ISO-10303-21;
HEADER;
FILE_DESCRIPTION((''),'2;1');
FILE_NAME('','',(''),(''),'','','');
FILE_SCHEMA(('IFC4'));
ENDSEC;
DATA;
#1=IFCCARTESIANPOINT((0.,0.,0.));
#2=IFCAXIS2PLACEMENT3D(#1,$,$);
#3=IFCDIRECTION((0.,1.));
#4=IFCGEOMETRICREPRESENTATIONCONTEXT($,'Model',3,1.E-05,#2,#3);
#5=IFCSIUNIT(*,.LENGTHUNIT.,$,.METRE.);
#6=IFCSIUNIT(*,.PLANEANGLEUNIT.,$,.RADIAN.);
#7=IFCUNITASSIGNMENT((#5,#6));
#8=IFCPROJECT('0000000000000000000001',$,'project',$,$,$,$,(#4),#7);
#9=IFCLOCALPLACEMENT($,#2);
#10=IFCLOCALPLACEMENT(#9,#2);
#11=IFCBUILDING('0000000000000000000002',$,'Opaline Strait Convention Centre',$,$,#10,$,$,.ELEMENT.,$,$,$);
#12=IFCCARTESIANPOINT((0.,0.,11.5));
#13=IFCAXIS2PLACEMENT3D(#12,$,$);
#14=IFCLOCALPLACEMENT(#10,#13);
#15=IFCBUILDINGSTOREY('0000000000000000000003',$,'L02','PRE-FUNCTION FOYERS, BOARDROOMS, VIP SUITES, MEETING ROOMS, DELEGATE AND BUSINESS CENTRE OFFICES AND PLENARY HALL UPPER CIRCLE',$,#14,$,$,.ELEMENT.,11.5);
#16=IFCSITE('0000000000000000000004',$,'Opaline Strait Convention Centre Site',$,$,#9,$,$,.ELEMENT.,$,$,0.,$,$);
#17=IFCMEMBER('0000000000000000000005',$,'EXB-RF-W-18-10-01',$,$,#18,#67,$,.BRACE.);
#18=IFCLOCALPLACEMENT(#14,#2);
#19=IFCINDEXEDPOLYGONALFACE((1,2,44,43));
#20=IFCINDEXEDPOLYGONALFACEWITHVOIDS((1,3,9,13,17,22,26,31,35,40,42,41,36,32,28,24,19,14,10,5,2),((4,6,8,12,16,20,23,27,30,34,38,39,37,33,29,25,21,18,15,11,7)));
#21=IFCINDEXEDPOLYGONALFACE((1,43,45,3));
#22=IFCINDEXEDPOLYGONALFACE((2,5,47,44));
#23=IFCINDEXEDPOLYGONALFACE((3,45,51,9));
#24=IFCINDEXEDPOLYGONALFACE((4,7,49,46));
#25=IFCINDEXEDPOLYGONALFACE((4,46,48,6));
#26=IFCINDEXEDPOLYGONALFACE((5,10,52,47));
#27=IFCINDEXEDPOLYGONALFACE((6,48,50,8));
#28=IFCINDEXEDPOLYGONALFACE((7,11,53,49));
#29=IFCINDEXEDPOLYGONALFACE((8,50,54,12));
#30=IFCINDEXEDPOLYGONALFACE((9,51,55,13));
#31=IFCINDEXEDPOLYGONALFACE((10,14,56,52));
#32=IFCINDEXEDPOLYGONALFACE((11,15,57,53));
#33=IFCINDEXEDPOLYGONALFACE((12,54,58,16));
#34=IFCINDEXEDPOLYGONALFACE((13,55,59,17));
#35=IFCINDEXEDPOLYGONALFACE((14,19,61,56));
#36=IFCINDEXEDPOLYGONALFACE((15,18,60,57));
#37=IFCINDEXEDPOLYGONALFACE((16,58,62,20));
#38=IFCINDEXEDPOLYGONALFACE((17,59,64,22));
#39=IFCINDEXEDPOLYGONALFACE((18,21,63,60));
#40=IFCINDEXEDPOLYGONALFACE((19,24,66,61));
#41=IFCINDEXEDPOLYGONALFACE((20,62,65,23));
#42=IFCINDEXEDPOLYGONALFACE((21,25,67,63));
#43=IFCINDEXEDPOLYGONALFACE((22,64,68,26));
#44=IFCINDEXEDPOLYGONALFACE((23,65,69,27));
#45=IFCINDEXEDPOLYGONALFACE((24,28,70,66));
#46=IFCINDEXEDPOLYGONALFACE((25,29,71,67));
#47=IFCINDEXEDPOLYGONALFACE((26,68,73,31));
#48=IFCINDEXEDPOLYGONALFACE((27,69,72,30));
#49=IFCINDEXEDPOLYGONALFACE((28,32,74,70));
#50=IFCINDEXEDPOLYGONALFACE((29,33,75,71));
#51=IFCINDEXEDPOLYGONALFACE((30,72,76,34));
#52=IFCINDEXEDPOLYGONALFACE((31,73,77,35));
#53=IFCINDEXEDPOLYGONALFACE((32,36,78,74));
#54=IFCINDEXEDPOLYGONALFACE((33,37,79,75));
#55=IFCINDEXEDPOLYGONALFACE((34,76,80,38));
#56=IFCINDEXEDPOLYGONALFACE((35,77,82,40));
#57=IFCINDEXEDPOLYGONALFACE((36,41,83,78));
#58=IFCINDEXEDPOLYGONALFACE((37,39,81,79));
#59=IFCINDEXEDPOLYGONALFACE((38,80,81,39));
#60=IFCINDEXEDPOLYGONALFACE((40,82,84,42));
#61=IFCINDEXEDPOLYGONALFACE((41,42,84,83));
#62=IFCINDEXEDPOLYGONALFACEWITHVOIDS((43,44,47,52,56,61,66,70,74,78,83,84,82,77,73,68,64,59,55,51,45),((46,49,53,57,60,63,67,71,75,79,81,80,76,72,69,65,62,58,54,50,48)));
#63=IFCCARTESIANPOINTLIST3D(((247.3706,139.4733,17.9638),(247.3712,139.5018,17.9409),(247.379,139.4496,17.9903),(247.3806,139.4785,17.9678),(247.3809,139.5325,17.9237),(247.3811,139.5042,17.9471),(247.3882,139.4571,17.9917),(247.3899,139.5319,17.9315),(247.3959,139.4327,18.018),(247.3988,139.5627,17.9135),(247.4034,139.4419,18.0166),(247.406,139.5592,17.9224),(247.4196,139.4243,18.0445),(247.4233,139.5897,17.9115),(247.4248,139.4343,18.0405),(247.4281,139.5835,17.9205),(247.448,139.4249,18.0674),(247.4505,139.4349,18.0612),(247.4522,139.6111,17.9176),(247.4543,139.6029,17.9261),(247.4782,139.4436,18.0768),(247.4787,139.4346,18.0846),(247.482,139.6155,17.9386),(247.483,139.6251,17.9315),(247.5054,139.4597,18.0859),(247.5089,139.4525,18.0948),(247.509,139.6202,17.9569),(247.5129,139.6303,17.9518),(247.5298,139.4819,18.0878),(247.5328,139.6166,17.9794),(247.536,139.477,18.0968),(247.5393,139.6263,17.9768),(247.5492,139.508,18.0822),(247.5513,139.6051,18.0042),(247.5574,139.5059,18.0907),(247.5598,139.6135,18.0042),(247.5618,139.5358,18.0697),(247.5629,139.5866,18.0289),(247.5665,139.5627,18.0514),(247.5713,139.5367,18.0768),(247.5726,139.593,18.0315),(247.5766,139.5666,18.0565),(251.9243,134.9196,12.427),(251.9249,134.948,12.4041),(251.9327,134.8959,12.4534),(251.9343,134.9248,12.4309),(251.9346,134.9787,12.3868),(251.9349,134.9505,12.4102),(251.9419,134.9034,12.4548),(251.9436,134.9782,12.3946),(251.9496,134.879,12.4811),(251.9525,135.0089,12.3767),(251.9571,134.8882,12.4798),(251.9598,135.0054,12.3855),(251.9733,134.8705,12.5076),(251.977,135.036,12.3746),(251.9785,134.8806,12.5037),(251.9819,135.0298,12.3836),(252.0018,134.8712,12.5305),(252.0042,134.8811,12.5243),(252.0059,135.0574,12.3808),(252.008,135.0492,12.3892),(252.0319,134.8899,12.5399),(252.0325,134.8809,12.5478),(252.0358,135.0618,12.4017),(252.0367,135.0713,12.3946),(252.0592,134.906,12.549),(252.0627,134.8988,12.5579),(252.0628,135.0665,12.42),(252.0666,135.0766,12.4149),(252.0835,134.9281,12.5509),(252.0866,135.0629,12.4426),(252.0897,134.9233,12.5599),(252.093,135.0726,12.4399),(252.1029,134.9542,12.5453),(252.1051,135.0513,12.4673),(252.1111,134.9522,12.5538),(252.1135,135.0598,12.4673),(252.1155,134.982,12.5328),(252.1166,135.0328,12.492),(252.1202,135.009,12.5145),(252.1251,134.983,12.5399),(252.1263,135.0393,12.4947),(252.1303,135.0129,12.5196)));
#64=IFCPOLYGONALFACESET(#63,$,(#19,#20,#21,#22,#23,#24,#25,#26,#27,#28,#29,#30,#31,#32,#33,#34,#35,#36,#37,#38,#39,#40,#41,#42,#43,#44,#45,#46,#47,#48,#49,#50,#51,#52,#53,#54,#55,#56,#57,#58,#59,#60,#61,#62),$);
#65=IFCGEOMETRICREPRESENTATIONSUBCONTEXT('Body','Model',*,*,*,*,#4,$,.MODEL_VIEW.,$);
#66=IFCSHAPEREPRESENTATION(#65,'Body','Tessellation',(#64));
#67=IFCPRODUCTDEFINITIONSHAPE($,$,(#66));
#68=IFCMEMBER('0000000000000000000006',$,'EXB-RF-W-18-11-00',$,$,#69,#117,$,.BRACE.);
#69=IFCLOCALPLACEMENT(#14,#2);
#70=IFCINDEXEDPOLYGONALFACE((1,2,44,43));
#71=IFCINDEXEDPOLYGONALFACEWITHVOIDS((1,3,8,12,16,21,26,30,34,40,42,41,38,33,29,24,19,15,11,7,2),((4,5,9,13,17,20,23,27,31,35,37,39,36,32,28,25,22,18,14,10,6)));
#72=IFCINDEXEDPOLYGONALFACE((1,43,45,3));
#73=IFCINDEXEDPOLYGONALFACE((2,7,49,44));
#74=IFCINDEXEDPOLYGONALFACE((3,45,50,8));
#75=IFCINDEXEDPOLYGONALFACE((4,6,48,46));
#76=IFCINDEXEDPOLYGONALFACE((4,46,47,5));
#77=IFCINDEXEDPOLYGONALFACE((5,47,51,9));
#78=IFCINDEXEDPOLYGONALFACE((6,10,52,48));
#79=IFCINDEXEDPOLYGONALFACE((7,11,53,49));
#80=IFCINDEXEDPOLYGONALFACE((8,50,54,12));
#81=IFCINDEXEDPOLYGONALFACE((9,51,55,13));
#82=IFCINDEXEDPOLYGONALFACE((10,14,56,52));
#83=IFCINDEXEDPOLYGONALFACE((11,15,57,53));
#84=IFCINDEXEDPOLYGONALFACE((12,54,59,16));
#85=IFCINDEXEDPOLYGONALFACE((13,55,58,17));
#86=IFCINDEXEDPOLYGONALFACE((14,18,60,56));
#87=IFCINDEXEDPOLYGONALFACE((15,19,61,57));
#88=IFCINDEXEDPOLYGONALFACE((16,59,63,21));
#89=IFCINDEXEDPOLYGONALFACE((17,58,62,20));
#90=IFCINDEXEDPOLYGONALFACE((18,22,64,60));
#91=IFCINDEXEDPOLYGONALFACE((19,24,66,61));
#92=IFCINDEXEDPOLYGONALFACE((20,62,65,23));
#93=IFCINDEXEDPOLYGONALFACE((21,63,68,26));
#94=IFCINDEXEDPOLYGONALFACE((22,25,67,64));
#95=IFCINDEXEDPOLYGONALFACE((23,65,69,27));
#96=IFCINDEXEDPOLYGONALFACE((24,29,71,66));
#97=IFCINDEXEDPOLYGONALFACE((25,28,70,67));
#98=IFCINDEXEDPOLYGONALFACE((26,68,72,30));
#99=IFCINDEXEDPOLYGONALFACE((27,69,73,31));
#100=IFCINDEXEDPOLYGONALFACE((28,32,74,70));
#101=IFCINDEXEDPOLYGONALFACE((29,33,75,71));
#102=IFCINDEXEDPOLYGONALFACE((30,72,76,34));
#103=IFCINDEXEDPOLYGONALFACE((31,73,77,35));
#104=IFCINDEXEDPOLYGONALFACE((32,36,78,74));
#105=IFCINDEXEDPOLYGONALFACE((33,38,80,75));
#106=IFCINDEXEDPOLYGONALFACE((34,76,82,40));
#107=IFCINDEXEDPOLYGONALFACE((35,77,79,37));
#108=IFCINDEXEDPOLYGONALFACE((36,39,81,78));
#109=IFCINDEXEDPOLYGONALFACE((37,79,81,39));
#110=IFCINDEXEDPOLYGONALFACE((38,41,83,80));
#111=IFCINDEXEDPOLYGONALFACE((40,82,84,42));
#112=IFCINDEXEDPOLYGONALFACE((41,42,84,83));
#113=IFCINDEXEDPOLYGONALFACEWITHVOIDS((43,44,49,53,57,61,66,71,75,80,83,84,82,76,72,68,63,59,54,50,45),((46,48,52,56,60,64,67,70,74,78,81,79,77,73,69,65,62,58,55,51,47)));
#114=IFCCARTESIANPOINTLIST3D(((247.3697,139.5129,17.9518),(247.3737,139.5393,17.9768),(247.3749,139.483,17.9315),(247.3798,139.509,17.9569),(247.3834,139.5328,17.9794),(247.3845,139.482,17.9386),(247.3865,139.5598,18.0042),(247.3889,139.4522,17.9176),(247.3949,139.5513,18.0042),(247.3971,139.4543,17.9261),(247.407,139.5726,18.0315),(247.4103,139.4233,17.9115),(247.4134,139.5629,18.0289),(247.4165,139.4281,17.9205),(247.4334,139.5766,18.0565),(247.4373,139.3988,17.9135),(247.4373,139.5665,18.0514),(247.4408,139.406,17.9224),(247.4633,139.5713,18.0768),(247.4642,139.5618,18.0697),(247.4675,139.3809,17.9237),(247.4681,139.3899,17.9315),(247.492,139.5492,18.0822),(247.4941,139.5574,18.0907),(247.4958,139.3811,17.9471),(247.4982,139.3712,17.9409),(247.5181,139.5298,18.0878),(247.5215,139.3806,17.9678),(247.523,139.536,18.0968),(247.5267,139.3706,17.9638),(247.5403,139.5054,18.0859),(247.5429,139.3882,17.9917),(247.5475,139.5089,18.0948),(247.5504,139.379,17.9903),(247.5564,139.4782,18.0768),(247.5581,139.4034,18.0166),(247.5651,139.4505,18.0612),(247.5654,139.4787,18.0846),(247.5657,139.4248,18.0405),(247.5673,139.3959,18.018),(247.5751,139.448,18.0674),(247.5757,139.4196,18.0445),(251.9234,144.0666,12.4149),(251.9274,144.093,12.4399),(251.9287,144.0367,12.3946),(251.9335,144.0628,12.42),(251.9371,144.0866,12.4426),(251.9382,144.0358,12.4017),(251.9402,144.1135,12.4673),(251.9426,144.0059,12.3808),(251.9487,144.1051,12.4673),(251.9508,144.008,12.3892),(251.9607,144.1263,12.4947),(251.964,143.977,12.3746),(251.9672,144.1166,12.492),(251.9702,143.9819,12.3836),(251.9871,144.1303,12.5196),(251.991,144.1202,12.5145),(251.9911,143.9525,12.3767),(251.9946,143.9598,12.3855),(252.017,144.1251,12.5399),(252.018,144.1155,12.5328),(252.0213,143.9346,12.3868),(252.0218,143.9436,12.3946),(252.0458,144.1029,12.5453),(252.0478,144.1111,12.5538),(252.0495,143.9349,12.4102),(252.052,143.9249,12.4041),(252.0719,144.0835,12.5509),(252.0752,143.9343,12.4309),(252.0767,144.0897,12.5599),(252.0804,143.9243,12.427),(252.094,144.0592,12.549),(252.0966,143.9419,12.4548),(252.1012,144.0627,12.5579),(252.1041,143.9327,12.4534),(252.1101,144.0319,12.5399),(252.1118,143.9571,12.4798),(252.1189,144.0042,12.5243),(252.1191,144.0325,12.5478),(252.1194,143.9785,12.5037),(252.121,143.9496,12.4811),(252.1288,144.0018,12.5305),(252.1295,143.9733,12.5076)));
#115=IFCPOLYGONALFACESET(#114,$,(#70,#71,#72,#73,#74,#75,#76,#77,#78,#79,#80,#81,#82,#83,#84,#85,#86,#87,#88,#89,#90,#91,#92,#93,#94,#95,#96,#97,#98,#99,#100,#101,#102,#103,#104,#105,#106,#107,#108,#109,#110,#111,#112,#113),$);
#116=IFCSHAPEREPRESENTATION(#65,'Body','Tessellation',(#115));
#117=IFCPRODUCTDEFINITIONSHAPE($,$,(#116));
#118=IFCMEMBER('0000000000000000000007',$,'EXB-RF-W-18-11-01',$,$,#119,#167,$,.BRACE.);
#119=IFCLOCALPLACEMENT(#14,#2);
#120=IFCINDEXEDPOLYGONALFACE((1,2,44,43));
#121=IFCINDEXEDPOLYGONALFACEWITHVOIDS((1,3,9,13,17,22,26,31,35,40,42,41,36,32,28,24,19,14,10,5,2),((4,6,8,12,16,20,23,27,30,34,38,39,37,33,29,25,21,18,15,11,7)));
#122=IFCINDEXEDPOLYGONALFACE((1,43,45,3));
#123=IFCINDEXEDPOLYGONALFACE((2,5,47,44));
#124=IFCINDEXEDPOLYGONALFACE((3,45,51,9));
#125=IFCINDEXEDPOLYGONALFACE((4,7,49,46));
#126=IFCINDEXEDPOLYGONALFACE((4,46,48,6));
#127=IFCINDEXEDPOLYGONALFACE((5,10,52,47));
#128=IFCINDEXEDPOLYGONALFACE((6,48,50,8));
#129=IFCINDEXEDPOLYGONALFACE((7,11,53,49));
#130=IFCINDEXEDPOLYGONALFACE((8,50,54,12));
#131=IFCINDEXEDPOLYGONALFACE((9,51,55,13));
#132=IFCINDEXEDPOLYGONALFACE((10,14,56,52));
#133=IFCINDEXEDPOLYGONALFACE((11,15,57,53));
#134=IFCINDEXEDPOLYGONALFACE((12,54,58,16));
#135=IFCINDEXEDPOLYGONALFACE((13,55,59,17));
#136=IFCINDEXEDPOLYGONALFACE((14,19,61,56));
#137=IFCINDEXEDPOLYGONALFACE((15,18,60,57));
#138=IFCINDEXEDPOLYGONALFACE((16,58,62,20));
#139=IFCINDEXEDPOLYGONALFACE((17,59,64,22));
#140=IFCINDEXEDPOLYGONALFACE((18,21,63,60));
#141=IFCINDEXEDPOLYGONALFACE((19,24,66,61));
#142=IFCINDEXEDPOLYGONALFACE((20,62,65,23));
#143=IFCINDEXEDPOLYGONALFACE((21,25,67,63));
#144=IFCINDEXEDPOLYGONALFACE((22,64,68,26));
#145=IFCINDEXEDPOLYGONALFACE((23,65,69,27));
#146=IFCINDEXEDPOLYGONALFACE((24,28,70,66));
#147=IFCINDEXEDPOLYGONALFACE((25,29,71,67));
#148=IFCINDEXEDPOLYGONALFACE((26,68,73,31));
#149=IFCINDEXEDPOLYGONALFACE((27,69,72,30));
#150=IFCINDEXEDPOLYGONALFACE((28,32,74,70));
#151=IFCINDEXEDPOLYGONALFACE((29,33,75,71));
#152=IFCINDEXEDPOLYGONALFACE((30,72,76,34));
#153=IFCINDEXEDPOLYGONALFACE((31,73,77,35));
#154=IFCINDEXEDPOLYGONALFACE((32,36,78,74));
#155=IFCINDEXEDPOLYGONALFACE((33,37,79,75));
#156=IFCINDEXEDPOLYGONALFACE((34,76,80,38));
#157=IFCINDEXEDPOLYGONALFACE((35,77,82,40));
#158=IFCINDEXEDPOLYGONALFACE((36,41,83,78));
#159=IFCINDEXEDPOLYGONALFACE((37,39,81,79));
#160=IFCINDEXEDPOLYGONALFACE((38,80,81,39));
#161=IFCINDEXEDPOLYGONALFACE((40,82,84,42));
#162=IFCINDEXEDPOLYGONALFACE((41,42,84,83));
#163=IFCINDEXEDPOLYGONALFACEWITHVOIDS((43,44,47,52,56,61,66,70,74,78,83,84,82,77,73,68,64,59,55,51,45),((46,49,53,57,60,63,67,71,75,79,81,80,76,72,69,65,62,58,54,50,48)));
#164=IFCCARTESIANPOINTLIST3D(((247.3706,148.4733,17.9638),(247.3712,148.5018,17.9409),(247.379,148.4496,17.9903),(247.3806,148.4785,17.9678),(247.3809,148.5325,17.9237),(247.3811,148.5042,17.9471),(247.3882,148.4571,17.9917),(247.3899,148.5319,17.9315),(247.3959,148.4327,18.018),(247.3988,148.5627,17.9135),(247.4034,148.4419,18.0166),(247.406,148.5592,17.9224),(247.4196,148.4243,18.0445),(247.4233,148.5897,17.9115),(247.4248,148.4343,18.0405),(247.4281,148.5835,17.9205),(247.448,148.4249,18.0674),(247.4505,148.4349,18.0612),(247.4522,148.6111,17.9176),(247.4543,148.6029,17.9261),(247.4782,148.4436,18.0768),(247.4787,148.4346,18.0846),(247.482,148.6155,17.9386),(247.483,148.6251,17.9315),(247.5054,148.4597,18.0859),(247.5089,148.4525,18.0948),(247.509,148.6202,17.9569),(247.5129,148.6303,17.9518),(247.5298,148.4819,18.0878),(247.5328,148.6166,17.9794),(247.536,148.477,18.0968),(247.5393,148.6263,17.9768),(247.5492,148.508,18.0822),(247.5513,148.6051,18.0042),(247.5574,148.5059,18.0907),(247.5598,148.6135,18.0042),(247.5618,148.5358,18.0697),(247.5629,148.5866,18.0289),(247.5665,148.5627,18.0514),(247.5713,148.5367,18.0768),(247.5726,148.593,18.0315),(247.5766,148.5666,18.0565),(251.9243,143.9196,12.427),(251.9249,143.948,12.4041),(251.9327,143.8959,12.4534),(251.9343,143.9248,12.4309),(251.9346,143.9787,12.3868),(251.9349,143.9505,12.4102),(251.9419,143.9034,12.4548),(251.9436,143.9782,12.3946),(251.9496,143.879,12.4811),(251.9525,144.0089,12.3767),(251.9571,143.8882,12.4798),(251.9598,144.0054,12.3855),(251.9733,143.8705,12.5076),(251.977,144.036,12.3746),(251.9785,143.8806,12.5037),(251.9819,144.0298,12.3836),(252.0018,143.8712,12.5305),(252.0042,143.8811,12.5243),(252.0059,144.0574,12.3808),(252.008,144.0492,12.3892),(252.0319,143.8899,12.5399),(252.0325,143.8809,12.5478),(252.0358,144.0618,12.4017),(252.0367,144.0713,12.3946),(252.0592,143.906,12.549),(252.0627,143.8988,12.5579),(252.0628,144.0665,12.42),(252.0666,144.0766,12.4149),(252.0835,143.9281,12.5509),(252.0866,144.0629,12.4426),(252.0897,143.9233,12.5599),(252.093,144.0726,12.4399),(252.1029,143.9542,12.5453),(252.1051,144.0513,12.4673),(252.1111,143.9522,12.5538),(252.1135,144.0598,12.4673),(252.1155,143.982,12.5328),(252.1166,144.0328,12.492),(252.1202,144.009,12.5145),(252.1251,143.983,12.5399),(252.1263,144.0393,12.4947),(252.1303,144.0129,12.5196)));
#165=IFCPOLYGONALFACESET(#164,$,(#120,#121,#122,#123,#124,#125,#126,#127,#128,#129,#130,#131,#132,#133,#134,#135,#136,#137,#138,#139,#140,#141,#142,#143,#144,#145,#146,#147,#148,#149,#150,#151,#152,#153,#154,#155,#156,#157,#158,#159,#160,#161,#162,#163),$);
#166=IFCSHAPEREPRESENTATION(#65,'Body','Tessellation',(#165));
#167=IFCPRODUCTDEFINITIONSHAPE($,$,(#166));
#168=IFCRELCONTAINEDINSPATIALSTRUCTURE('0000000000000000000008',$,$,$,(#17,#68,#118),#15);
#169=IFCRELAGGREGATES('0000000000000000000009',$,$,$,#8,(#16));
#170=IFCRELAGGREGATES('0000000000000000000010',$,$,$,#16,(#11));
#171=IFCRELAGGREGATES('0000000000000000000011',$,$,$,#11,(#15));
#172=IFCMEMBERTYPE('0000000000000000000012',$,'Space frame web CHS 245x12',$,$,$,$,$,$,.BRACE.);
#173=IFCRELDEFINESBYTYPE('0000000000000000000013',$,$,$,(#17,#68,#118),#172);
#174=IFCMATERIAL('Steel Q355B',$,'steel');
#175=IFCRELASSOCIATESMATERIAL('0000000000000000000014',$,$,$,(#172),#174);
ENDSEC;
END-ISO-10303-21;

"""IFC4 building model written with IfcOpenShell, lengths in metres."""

from ifc_helpers import new_model, si_unit, direction, frame, origin, origin_2d, place, context, subcontext, project, spatial, hollow_circle, extrude, material, material_profile, profile_set, type_object, element, save


model = new_model("IFC4")

# Units and contexts
model_context = context("Model", 3, precision=1e-05, world=origin(), true_north=direction((0.0, 1.0)))
body_context = subcontext(model_context, "Body", "Model", "MODEL_VIEW")
ifc_project = project(units=[si_unit("LENGTHUNIT", "METRE"), si_unit("PLANEANGLEUNIT", "RADIAN")], contexts=[model_context])

# Site, building, storey
site_placement = place(None, origin())
site = spatial("IfcSite", under=ifc_project, at=site_placement, Name="Opaline Strait Convention Centre Site", CompositionType="ELEMENT", RefElevation=0.0)
building_placement = place(site_placement, origin())
building = spatial("IfcBuilding", under=site, at=building_placement, Name="Opaline Strait Convention Centre", CompositionType="ELEMENT")
storey_placement = place(building_placement, frame((0.0, 0.0, 11.5)))
storey = spatial("IfcBuildingStorey", under=building, at=storey_placement, Name="L02", Description="PRE-FUNCTION FOYERS, BOARDROOMS, VIP SUITES, MEETING ROOMS, DELEGATE AND BUSINESS CENTRE OFFICES AND PLENARY HALL UPPER CIRCLE", CompositionType="ELEMENT", Elevation=11.5)

# Members
ifc_material_1 = material(Name="Steel Q355B", Category="steel")
ifc_material_profile_1 = material_profile(ifc_material_1, hollow_circle(Radius=0.1226, WallThickness=0.012, at=origin_2d()), Name="CHS 245x12")
ifc_profile_set_1 = profile_set([ifc_material_profile_1], Name="Steel Q355B")
member_type_1 = type_object("IfcMemberType", Name="Space frame web CHS 245x12", PredefinedType="BRACE", material=ifc_profile_set_1)
for number, where, z_axis, x_axis, name in (
    (1, (247.4731, 139.5269, 18.0042), (0.536178, -0.536178, -0.65194), (0.707107, 0.707107, 0.0), "EXB-RF-W-18-10-01"),
    (2, (247.4731, 139.4731, 18.0042), (0.536178, 0.536178, -0.65194), (-0.707107, 0.707107, 0.0), "EXB-RF-W-18-11-00"),
    (3, (247.4731, 148.5269, 18.0042), (0.536178, -0.536178, -0.65194), (0.707107, 0.707107, 0.0), "EXB-RF-W-18-11-01"),
):
    element("IfcMember", number, at=place(storey_placement, frame(where, z_axis=z_axis, x_axis=x_axis)), inside=storey, type_object=member_type_1, Name=name, PredefinedType="BRACE", context=body_context, shape_type="SweptSolid", body=[
        extrude(hollow_circle(Radius=0.1226, WallThickness=0.012, at=origin_2d()), origin(), (0.0, 0.0, 1.0), 8.4929),
    ])

save(model, "model.ifc")
